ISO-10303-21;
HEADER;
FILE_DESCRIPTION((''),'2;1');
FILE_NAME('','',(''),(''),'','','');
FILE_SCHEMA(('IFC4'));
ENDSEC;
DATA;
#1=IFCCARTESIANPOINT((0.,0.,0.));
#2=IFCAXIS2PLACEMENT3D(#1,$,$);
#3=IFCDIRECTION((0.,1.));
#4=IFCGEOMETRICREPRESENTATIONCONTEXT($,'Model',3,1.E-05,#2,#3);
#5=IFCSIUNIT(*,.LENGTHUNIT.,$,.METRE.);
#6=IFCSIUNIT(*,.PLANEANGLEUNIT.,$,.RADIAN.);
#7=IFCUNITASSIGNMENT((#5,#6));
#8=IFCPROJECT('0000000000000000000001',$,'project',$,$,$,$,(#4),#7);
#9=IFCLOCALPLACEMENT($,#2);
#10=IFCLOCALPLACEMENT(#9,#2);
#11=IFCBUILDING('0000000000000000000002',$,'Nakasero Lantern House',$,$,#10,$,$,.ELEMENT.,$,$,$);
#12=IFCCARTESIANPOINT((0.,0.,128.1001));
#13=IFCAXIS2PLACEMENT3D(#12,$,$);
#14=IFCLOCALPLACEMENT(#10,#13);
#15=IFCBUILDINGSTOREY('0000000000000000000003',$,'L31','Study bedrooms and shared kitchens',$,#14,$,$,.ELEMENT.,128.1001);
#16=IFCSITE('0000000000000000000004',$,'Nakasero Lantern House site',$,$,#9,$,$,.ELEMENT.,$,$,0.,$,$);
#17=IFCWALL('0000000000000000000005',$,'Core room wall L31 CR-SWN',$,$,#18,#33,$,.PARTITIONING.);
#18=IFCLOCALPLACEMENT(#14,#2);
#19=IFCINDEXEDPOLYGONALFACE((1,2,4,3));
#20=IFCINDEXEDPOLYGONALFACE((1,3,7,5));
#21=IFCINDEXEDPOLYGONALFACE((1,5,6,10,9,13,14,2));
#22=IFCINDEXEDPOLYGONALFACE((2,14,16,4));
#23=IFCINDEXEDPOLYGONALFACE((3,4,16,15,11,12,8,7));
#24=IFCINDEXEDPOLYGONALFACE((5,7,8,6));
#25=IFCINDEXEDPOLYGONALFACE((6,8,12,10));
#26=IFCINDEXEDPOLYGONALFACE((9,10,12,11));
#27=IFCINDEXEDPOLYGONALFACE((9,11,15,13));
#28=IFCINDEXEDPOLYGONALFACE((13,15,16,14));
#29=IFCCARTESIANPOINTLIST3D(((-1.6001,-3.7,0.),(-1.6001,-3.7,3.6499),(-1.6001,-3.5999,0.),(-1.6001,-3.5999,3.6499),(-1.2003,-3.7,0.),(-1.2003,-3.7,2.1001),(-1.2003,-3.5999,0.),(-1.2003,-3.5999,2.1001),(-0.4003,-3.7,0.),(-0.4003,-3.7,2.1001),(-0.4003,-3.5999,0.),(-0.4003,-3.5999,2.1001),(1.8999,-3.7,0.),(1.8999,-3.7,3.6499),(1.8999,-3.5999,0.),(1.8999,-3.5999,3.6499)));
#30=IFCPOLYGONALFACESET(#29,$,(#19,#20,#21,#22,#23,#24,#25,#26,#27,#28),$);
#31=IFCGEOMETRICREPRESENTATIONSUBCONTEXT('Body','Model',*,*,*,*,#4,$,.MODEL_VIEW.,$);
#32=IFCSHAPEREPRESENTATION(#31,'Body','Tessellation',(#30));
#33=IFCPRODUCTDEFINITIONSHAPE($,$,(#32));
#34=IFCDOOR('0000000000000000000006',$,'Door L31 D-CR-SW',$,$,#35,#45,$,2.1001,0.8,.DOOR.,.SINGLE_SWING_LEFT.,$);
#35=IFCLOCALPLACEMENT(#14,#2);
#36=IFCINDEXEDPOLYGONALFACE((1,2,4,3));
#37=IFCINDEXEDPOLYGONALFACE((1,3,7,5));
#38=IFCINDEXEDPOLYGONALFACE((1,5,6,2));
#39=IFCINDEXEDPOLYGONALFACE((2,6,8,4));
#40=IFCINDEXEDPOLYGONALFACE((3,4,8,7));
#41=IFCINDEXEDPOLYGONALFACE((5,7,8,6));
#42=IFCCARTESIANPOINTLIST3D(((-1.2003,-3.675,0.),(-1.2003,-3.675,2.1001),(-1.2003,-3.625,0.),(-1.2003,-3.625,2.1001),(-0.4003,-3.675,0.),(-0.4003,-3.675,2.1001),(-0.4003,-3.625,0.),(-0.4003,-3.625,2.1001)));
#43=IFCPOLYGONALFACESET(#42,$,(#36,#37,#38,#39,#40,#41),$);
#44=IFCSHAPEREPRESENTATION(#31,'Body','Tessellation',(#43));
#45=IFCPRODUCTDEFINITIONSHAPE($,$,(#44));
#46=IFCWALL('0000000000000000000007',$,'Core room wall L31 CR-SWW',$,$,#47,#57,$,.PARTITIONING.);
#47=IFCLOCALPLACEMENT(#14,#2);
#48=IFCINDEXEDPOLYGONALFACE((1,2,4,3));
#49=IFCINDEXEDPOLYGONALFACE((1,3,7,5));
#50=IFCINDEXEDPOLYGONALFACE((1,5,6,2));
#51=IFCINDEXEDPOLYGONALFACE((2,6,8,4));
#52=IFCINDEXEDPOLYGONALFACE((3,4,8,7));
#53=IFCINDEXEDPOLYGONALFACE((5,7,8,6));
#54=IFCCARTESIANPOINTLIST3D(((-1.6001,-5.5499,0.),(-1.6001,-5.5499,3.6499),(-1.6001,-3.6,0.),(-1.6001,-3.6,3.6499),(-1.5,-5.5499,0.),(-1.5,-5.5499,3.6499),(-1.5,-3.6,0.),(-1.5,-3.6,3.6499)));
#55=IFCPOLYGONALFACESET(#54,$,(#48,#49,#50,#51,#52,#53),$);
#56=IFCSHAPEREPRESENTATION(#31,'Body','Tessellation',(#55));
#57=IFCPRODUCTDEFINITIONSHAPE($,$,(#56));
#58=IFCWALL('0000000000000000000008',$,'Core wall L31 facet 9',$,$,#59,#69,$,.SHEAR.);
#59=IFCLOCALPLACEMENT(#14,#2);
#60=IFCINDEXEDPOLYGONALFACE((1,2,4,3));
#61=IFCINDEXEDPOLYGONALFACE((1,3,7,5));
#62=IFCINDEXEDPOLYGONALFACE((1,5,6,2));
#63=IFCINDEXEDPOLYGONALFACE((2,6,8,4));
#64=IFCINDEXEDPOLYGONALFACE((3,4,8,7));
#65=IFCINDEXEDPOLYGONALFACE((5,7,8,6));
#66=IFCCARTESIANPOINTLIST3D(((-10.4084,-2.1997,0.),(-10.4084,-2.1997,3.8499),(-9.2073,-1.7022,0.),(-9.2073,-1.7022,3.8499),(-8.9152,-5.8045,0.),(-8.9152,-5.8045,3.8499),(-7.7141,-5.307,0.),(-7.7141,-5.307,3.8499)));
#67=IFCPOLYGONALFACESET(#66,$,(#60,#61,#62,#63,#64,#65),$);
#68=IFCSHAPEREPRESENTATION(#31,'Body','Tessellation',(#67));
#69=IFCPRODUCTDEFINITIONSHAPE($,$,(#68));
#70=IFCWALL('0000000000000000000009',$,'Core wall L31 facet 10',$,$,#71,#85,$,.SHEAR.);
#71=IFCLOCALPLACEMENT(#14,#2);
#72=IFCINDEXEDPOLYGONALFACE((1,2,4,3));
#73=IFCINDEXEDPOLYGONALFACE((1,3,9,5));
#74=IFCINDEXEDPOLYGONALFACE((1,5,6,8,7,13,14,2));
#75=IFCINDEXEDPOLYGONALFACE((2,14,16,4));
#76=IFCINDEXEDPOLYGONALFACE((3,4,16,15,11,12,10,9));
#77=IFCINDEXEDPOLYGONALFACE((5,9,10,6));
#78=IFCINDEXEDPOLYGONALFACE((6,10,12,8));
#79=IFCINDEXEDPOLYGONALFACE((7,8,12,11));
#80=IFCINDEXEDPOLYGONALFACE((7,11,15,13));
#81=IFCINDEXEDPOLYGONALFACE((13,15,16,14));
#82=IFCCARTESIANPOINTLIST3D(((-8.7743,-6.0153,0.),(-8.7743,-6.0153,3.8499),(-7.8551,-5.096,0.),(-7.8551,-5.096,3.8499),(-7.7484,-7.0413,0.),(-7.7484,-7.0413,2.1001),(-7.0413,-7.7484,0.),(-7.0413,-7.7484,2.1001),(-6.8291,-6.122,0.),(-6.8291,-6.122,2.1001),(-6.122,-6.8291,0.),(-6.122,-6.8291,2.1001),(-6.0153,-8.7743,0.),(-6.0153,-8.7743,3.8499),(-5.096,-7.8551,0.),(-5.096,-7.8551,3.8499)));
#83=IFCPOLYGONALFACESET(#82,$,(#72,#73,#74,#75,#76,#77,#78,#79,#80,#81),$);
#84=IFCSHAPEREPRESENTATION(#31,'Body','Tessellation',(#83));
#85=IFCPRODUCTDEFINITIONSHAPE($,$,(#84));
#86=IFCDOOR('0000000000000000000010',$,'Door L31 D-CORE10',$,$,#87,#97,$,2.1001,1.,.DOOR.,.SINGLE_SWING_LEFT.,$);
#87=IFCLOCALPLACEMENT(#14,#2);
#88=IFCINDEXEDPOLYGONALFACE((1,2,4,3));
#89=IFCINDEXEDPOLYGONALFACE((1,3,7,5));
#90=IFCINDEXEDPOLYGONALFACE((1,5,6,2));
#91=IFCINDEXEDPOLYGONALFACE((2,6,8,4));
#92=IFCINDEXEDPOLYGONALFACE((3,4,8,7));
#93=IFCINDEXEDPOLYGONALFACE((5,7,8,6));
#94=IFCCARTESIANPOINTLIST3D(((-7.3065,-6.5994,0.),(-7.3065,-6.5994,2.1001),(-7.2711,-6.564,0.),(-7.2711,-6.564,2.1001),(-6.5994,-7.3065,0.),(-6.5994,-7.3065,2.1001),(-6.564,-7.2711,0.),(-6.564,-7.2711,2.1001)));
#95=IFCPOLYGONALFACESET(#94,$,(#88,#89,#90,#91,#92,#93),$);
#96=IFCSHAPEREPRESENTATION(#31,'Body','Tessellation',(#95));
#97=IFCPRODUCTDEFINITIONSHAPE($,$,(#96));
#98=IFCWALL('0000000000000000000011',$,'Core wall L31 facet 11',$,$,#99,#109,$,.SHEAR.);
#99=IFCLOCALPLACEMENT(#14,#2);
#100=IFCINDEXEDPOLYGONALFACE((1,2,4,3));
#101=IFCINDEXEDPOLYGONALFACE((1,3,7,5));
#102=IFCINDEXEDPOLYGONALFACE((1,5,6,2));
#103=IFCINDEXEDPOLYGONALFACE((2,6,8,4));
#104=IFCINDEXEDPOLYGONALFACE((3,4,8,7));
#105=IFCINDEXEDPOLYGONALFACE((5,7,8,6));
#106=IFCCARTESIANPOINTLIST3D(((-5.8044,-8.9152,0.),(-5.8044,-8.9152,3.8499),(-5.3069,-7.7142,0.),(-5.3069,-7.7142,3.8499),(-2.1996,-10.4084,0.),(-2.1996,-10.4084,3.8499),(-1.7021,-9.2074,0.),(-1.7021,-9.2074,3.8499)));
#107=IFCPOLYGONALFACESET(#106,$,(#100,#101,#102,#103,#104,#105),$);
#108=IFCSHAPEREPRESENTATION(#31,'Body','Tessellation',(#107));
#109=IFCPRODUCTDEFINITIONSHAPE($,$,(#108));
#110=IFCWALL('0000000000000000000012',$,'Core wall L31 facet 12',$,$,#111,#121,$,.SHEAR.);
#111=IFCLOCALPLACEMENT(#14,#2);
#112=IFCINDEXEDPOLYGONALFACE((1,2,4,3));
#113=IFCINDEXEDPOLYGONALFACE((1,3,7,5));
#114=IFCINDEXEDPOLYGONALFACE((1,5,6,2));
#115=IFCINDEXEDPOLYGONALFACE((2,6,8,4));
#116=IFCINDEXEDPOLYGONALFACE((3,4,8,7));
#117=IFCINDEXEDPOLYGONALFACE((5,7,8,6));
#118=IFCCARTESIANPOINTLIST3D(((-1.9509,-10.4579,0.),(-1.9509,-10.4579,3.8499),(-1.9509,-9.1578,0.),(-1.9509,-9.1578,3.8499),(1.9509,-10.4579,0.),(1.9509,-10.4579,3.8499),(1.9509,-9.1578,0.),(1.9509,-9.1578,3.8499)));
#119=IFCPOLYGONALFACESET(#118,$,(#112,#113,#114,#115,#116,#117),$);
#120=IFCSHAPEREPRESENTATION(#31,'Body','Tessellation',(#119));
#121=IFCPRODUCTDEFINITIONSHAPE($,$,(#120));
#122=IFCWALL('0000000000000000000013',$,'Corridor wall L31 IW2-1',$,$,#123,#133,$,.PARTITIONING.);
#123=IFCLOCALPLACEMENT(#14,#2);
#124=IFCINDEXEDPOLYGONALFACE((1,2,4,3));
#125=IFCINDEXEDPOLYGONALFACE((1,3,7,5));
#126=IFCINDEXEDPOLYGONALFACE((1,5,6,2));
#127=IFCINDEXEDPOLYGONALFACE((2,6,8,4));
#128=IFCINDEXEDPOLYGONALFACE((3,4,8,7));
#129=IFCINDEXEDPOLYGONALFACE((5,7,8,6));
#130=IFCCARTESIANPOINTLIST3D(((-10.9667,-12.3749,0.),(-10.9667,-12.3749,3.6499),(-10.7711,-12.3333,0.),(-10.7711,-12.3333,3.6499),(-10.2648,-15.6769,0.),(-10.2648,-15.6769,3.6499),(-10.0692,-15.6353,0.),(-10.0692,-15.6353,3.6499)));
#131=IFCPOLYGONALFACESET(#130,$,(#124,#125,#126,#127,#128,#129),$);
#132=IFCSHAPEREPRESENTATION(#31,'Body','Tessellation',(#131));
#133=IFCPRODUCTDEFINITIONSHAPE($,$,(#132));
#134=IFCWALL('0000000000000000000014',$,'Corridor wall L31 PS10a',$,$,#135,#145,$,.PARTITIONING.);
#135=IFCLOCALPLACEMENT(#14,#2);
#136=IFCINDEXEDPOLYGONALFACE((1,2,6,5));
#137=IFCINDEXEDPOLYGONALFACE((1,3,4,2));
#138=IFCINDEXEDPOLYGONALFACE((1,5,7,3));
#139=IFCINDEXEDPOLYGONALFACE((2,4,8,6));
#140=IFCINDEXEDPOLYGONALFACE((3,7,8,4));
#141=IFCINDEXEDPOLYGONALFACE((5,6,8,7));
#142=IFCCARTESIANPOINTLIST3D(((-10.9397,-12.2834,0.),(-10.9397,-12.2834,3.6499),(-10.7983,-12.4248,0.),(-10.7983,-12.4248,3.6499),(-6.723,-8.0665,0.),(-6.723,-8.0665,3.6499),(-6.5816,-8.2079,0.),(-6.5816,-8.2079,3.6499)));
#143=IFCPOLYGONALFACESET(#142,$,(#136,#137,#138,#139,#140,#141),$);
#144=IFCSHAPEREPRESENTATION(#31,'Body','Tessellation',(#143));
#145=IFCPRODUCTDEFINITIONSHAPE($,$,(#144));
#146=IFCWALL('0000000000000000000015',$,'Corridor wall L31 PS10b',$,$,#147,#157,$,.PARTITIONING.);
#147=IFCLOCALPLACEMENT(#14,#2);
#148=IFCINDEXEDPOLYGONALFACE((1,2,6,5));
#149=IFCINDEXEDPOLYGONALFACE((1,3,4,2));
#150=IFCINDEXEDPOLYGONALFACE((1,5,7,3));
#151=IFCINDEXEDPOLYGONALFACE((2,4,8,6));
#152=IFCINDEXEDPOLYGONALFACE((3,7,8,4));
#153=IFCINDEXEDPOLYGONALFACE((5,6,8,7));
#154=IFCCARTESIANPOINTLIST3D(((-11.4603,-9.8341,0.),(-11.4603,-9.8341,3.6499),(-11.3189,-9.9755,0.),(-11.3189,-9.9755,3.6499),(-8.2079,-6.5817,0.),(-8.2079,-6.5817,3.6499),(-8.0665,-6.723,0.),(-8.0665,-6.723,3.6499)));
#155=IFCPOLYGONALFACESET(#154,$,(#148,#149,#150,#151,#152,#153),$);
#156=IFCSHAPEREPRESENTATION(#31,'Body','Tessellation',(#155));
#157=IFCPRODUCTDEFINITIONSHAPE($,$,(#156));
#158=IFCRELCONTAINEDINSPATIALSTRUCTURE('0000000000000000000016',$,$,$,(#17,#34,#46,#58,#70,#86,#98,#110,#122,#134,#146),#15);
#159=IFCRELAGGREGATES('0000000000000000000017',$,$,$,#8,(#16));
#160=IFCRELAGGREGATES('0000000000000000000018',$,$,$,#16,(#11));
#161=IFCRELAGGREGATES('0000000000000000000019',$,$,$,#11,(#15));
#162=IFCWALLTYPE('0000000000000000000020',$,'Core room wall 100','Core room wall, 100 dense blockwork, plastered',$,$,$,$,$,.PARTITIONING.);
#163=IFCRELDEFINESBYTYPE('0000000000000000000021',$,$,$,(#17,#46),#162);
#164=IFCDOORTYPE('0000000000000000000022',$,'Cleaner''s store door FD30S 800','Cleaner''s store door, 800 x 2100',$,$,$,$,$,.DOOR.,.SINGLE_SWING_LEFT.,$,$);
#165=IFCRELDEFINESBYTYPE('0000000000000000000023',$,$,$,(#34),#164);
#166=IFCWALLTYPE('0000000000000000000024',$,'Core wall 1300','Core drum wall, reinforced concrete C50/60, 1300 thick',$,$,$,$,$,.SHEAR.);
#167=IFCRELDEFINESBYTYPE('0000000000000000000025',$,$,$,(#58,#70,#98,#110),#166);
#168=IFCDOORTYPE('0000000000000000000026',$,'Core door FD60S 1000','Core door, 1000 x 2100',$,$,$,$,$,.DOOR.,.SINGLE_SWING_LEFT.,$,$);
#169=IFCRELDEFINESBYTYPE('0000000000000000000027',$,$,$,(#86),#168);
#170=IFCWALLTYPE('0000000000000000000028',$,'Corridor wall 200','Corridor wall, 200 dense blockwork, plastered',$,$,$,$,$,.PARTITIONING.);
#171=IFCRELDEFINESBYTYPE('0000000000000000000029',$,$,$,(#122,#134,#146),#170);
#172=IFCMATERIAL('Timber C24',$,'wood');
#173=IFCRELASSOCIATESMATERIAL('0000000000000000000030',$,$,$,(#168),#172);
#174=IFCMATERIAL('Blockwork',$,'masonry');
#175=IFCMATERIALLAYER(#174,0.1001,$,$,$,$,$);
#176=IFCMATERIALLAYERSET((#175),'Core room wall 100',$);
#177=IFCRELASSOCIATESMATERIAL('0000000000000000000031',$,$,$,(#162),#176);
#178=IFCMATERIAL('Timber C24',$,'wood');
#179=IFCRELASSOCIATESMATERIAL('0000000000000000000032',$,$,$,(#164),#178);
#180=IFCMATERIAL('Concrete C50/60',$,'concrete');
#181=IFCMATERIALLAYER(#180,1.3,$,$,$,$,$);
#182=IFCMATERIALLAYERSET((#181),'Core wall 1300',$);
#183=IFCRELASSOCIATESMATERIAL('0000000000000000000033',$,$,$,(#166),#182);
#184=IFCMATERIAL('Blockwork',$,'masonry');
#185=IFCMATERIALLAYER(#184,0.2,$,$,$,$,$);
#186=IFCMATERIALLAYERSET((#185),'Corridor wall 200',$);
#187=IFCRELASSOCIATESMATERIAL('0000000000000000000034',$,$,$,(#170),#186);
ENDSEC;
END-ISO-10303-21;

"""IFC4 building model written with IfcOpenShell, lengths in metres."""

from ifc_helpers import new_model, si_unit, direction, frame, frame_2d, origin, place, context, subcontext, project, spatial, rectangle, extrude, material, layer, layer_set, type_object, element, fill, save


model = new_model("IFC4")

# Units and contexts
model_context = context("Model", 3, precision=1e-05, world=origin(), true_north=direction((0.0, 1.0)))
body_context = subcontext(model_context, "Body", "Model", "MODEL_VIEW")
ifc_project = project(units=[si_unit("LENGTHUNIT", "METRE"), si_unit("PLANEANGLEUNIT", "RADIAN")], contexts=[model_context])

# Site, building, storey
site_placement = place(None, origin())
site = spatial("IfcSite", under=ifc_project, at=site_placement, Name="Nakasero Lantern House site", CompositionType="ELEMENT", RefElevation=0.0)
building_placement = place(site_placement, origin())
building = spatial("IfcBuilding", under=site, at=building_placement, Name="Nakasero Lantern House", CompositionType="ELEMENT")
storey_placement = place(building_placement, frame((0.0, 0.0, 128.1001)))
storey = spatial("IfcBuildingStorey", under=building, at=storey_placement, Name="L31", Description="Study bedrooms and shared kitchens", CompositionType="ELEMENT", Elevation=128.1001)

# Shared definitions
ifc_material_1 = material(Name="Timber C24", Category="wood")
door_type_1 = type_object("IfcDoorType", Name="Core door FD60S 1000", Description="Core door, 1000 x 2100", OperationType="SINGLE_SWING_LEFT", PredefinedType="DOOR", material=ifc_material_1)

# Wall, opening, door
ifc_material_2 = material(Name="Blockwork", Category="masonry")
ifc_layer_1 = layer(ifc_material_2, 0.1001)
ifc_layer_set_1 = layer_set([ifc_layer_1], Name="Core room wall 100")
wall_type_1 = type_object("IfcWallType", Name="Core room wall 100", Description="Core room wall, 100 dense blockwork, plastered", PredefinedType="PARTITIONING", material=ifc_layer_set_1)
wall_1_placement = place(storey_placement, frame((-1.6001, -3.6499, 0.0), z_axis=(0.0, 0.0, 1.0), x_axis=(1.0, 0.0, 0.0)))
wall_1 = element("IfcWall", 1, at=wall_1_placement, inside=storey, type_object=wall_type_1, Name="Core room wall L31 CR-SWN", PredefinedType="PARTITIONING", context=body_context, shape_type="SweptSolid", body=[
    extrude(rectangle(XDim=3.5, YDim=0.1001, at=frame_2d((1.75, 0.0))), origin(), (0.0, 0.0, 1.0), 3.6499),
])
opening_1_placement = place(wall_1_placement, frame((0.3999, 0.0, 0.0)))
opening_1 = element("IfcOpeningElement", 2, at=opening_1_placement, cuts=wall_1, PredefinedType="OPENING", context=body_context, shape_type="SweptSolid", body=[
    extrude(rectangle(XDim=0.8, YDim=2.1001, at=frame_2d((0.3999, 1.05))), frame((0.0, 0.0701, 0.0), z_axis=(0.0, -1.0, 0.0), x_axis=(1.0, 0.0, 0.0)), (0.0, 0.0, 1.0), 0.1401),
])
ifc_material_3 = material(Name="Timber C24", Category="wood")
door_type_2 = type_object("IfcDoorType", Name="Cleaner's store door FD30S 800", Description="Cleaner's store door, 800 x 2100", OperationType="SINGLE_SWING_LEFT", PredefinedType="DOOR", material=ifc_material_3)
door_1_placement = place(opening_1_placement, origin())
door_1 = element("IfcDoor", 3, at=door_1_placement, inside=storey, type_object=door_type_2, Name="Door L31 D-CR-SW", OperationType="SINGLE_SWING_LEFT", OverallHeight=2.1001, OverallWidth=0.8, PredefinedType="DOOR", context=body_context, shape_type="SweptSolid", body=[
    extrude(rectangle(XDim=0.8, YDim=2.1001, at=frame_2d((0.3999, 1.05))), frame((0.0, 0.0249, 0.0), z_axis=(0.0, -1.0, 0.0), x_axis=(1.0, 0.0, 0.0)), (0.0, 0.0, 1.0), 0.05),
])
fill(opening_1, door_1)

# Walls
wall_2_placement = place(storey_placement, frame((-1.55, -5.55, 0.0), z_axis=(0.0, 0.0, 1.0), x_axis=(0.0, 1.0, 0.0)))
element("IfcWall", 4, at=wall_2_placement, inside=storey, type_object=wall_type_1, Name="Core room wall L31 CR-SWW", PredefinedType="PARTITIONING", context=body_context, shape_type="SweptSolid", body=[
    extrude(rectangle(XDim=1.95, YDim=0.1001, at=frame_2d((0.9751, 0.0))), origin(), (0.0, 0.0, 1.0), 3.6499),
])
ifc_material_4 = material(Name="Concrete C50/60", Category="concrete")
ifc_layer_2 = layer(ifc_material_4, 1.3)
ifc_layer_set_2 = layer_set([ifc_layer_2], Name="Core wall 1300")
wall_type_2 = type_object("IfcWallType", Name="Core wall 1300", Description="Core drum wall, reinforced concrete C50/60, 1300 thick", PredefinedType="SHEAR", material=ifc_layer_set_2)
wall_3_placement = place(storey_placement, frame((-9.8079, -1.9509, 0.0), z_axis=(0.0, 0.0, 1.0), x_axis=(0.382691, -0.923877, 0.0)))
element("IfcWall", 5, at=wall_3_placement, inside=storey, type_object=wall_type_2, Name="Core wall L31 facet 9", PredefinedType="SHEAR", context=body_context, shape_type="SweptSolid", body=[
    extrude(rectangle(XDim=3.9019, YDim=1.3, at=frame_2d((1.9509, 0.0))), origin(), (0.0, 0.0, 1.0), 3.8499),
])

# Wall, opening, door
wall_4_placement = place(storey_placement, frame((-8.3147, -5.5557, 0.0), z_axis=(0.0, 0.0, 1.0), x_axis=(0.707107, -0.707107, 0.0)))
wall_4 = element("IfcWall", 6, at=wall_4_placement, inside=storey, type_object=wall_type_2, Name="Core wall L31 facet 10", PredefinedType="SHEAR", context=body_context, shape_type="SweptSolid", body=[
    extrude(rectangle(XDim=3.9019, YDim=1.3, at=frame_2d((1.9509, 0.0))), origin(), (0.0, 0.0, 1.0), 3.8499),
])
opening_2_placement = place(wall_4_placement, frame((1.4509, 0.0, 0.0)))
opening_2 = element("IfcOpeningElement", 7, at=opening_2_placement, cuts=wall_4, PredefinedType="OPENING", context=body_context, shape_type="SweptSolid", body=[
    extrude(rectangle(XDim=1.0, YDim=2.1001, at=frame_2d((0.5, 1.05))), frame((0.0, 0.6699, 0.0), z_axis=(0.0, -1.0, 0.0), x_axis=(1.0, 0.0, 0.0)), (0.0, 0.0, 1.0), 1.3401),
])
door_2_placement = place(opening_2_placement, origin())
door_2 = element("IfcDoor", 8, at=door_2_placement, inside=storey, type_object=door_type_1, Name="Door L31 D-CORE10", OperationType="SINGLE_SWING_LEFT", OverallHeight=2.1001, OverallWidth=1.0, PredefinedType="DOOR", context=body_context, shape_type="SweptSolid", body=[
    extrude(rectangle(XDim=1.0, YDim=2.1001, at=frame_2d((0.5, 1.05))), frame((0.0, 0.0249, 0.0), z_axis=(0.0, -1.0, 0.0), x_axis=(1.0, 0.0, 0.0)), (0.0, 0.0, 1.0), 0.05),
])
fill(opening_2, door_2)

# Walls
for number, where, z_axis, x_axis, name in (
    (9, (-5.5557, -8.3147, 0.0), (0.0, 0.0, 1.0), (0.923877, -0.382691, 0.0), "Core wall L31 facet 11"),
    (10, (-1.9509, -9.8079, 0.0), (0.0, 0.0, 1.0), (1.0, 0.0, 0.0), "Core wall L31 facet 12"),
):
    element("IfcWall", number, at=place(storey_placement, frame(where, z_axis=z_axis, x_axis=x_axis)), inside=storey, type_object=wall_type_2, Name=name, PredefinedType="SHEAR", context=body_context, shape_type="SweptSolid", body=[
        extrude(rectangle(XDim=3.9019, YDim=1.3, at=frame_2d((1.9509, 0.0))), origin(), (0.0, 0.0, 1.0), 3.8499),
    ])
ifc_material_5 = material(Name="Blockwork", Category="masonry")
ifc_layer_3 = layer(ifc_material_5, 0.2)
ifc_layer_set_3 = layer_set([ifc_layer_3], Name="Corridor wall 200")
wall_type_3 = type_object("IfcWallType", Name="Corridor wall 200", Description="Corridor wall, 200 dense blockwork, plastered", PredefinedType="PARTITIONING", material=ifc_layer_set_3)
wall_5_placement = place(storey_placement, frame((-10.8689, -12.354, 0.0), z_axis=(0.0, 0.0, 1.0), x_axis=(0.207924, -0.978145, 0.0)))
element("IfcWall", 11, at=wall_5_placement, inside=storey, type_object=wall_type_3, Name="Corridor wall L31 IW2-1", PredefinedType="PARTITIONING", context=body_context, shape_type="SweptSolid", body=[
    extrude(rectangle(XDim=3.3757, YDim=0.2, at=frame_2d((1.688, 0.0))), origin(), (0.0, 0.0, 1.0), 3.6499),
])
wall_6_placement = place(storey_placement, frame((-6.6523, -8.1372, 0.0), z_axis=(0.0, 0.0, 1.0), x_axis=(-0.707086, -0.707127, 0.0)))
element("IfcWall", 12, at=wall_6_placement, inside=storey, type_object=wall_type_3, Name="Corridor wall L31 PS10a", PredefinedType="PARTITIONING", context=body_context, shape_type="SweptSolid", body=[
    extrude(rectangle(XDim=5.9634, YDim=0.2, at=frame_2d((2.9817, 0.0))), origin(), (0.0, 0.0, 1.0), 3.6499),
])
wall_7_placement = place(storey_placement, frame((-8.1372, -6.6523, 0.0), z_axis=(0.0, 0.0, 1.0), x_axis=(-0.707107, -0.707107, 0.0)))
element("IfcWall", 13, at=wall_7_placement, inside=storey, type_object=wall_type_3, Name="Corridor wall L31 PS10b", PredefinedType="PARTITIONING", context=body_context, shape_type="SweptSolid", body=[
    extrude(rectangle(XDim=4.5996, YDim=0.2, at=frame_2d((2.2998, 0.0))), origin(), (0.0, 0.0, 1.0), 3.6499),
])

save(model, "model.ifc")
